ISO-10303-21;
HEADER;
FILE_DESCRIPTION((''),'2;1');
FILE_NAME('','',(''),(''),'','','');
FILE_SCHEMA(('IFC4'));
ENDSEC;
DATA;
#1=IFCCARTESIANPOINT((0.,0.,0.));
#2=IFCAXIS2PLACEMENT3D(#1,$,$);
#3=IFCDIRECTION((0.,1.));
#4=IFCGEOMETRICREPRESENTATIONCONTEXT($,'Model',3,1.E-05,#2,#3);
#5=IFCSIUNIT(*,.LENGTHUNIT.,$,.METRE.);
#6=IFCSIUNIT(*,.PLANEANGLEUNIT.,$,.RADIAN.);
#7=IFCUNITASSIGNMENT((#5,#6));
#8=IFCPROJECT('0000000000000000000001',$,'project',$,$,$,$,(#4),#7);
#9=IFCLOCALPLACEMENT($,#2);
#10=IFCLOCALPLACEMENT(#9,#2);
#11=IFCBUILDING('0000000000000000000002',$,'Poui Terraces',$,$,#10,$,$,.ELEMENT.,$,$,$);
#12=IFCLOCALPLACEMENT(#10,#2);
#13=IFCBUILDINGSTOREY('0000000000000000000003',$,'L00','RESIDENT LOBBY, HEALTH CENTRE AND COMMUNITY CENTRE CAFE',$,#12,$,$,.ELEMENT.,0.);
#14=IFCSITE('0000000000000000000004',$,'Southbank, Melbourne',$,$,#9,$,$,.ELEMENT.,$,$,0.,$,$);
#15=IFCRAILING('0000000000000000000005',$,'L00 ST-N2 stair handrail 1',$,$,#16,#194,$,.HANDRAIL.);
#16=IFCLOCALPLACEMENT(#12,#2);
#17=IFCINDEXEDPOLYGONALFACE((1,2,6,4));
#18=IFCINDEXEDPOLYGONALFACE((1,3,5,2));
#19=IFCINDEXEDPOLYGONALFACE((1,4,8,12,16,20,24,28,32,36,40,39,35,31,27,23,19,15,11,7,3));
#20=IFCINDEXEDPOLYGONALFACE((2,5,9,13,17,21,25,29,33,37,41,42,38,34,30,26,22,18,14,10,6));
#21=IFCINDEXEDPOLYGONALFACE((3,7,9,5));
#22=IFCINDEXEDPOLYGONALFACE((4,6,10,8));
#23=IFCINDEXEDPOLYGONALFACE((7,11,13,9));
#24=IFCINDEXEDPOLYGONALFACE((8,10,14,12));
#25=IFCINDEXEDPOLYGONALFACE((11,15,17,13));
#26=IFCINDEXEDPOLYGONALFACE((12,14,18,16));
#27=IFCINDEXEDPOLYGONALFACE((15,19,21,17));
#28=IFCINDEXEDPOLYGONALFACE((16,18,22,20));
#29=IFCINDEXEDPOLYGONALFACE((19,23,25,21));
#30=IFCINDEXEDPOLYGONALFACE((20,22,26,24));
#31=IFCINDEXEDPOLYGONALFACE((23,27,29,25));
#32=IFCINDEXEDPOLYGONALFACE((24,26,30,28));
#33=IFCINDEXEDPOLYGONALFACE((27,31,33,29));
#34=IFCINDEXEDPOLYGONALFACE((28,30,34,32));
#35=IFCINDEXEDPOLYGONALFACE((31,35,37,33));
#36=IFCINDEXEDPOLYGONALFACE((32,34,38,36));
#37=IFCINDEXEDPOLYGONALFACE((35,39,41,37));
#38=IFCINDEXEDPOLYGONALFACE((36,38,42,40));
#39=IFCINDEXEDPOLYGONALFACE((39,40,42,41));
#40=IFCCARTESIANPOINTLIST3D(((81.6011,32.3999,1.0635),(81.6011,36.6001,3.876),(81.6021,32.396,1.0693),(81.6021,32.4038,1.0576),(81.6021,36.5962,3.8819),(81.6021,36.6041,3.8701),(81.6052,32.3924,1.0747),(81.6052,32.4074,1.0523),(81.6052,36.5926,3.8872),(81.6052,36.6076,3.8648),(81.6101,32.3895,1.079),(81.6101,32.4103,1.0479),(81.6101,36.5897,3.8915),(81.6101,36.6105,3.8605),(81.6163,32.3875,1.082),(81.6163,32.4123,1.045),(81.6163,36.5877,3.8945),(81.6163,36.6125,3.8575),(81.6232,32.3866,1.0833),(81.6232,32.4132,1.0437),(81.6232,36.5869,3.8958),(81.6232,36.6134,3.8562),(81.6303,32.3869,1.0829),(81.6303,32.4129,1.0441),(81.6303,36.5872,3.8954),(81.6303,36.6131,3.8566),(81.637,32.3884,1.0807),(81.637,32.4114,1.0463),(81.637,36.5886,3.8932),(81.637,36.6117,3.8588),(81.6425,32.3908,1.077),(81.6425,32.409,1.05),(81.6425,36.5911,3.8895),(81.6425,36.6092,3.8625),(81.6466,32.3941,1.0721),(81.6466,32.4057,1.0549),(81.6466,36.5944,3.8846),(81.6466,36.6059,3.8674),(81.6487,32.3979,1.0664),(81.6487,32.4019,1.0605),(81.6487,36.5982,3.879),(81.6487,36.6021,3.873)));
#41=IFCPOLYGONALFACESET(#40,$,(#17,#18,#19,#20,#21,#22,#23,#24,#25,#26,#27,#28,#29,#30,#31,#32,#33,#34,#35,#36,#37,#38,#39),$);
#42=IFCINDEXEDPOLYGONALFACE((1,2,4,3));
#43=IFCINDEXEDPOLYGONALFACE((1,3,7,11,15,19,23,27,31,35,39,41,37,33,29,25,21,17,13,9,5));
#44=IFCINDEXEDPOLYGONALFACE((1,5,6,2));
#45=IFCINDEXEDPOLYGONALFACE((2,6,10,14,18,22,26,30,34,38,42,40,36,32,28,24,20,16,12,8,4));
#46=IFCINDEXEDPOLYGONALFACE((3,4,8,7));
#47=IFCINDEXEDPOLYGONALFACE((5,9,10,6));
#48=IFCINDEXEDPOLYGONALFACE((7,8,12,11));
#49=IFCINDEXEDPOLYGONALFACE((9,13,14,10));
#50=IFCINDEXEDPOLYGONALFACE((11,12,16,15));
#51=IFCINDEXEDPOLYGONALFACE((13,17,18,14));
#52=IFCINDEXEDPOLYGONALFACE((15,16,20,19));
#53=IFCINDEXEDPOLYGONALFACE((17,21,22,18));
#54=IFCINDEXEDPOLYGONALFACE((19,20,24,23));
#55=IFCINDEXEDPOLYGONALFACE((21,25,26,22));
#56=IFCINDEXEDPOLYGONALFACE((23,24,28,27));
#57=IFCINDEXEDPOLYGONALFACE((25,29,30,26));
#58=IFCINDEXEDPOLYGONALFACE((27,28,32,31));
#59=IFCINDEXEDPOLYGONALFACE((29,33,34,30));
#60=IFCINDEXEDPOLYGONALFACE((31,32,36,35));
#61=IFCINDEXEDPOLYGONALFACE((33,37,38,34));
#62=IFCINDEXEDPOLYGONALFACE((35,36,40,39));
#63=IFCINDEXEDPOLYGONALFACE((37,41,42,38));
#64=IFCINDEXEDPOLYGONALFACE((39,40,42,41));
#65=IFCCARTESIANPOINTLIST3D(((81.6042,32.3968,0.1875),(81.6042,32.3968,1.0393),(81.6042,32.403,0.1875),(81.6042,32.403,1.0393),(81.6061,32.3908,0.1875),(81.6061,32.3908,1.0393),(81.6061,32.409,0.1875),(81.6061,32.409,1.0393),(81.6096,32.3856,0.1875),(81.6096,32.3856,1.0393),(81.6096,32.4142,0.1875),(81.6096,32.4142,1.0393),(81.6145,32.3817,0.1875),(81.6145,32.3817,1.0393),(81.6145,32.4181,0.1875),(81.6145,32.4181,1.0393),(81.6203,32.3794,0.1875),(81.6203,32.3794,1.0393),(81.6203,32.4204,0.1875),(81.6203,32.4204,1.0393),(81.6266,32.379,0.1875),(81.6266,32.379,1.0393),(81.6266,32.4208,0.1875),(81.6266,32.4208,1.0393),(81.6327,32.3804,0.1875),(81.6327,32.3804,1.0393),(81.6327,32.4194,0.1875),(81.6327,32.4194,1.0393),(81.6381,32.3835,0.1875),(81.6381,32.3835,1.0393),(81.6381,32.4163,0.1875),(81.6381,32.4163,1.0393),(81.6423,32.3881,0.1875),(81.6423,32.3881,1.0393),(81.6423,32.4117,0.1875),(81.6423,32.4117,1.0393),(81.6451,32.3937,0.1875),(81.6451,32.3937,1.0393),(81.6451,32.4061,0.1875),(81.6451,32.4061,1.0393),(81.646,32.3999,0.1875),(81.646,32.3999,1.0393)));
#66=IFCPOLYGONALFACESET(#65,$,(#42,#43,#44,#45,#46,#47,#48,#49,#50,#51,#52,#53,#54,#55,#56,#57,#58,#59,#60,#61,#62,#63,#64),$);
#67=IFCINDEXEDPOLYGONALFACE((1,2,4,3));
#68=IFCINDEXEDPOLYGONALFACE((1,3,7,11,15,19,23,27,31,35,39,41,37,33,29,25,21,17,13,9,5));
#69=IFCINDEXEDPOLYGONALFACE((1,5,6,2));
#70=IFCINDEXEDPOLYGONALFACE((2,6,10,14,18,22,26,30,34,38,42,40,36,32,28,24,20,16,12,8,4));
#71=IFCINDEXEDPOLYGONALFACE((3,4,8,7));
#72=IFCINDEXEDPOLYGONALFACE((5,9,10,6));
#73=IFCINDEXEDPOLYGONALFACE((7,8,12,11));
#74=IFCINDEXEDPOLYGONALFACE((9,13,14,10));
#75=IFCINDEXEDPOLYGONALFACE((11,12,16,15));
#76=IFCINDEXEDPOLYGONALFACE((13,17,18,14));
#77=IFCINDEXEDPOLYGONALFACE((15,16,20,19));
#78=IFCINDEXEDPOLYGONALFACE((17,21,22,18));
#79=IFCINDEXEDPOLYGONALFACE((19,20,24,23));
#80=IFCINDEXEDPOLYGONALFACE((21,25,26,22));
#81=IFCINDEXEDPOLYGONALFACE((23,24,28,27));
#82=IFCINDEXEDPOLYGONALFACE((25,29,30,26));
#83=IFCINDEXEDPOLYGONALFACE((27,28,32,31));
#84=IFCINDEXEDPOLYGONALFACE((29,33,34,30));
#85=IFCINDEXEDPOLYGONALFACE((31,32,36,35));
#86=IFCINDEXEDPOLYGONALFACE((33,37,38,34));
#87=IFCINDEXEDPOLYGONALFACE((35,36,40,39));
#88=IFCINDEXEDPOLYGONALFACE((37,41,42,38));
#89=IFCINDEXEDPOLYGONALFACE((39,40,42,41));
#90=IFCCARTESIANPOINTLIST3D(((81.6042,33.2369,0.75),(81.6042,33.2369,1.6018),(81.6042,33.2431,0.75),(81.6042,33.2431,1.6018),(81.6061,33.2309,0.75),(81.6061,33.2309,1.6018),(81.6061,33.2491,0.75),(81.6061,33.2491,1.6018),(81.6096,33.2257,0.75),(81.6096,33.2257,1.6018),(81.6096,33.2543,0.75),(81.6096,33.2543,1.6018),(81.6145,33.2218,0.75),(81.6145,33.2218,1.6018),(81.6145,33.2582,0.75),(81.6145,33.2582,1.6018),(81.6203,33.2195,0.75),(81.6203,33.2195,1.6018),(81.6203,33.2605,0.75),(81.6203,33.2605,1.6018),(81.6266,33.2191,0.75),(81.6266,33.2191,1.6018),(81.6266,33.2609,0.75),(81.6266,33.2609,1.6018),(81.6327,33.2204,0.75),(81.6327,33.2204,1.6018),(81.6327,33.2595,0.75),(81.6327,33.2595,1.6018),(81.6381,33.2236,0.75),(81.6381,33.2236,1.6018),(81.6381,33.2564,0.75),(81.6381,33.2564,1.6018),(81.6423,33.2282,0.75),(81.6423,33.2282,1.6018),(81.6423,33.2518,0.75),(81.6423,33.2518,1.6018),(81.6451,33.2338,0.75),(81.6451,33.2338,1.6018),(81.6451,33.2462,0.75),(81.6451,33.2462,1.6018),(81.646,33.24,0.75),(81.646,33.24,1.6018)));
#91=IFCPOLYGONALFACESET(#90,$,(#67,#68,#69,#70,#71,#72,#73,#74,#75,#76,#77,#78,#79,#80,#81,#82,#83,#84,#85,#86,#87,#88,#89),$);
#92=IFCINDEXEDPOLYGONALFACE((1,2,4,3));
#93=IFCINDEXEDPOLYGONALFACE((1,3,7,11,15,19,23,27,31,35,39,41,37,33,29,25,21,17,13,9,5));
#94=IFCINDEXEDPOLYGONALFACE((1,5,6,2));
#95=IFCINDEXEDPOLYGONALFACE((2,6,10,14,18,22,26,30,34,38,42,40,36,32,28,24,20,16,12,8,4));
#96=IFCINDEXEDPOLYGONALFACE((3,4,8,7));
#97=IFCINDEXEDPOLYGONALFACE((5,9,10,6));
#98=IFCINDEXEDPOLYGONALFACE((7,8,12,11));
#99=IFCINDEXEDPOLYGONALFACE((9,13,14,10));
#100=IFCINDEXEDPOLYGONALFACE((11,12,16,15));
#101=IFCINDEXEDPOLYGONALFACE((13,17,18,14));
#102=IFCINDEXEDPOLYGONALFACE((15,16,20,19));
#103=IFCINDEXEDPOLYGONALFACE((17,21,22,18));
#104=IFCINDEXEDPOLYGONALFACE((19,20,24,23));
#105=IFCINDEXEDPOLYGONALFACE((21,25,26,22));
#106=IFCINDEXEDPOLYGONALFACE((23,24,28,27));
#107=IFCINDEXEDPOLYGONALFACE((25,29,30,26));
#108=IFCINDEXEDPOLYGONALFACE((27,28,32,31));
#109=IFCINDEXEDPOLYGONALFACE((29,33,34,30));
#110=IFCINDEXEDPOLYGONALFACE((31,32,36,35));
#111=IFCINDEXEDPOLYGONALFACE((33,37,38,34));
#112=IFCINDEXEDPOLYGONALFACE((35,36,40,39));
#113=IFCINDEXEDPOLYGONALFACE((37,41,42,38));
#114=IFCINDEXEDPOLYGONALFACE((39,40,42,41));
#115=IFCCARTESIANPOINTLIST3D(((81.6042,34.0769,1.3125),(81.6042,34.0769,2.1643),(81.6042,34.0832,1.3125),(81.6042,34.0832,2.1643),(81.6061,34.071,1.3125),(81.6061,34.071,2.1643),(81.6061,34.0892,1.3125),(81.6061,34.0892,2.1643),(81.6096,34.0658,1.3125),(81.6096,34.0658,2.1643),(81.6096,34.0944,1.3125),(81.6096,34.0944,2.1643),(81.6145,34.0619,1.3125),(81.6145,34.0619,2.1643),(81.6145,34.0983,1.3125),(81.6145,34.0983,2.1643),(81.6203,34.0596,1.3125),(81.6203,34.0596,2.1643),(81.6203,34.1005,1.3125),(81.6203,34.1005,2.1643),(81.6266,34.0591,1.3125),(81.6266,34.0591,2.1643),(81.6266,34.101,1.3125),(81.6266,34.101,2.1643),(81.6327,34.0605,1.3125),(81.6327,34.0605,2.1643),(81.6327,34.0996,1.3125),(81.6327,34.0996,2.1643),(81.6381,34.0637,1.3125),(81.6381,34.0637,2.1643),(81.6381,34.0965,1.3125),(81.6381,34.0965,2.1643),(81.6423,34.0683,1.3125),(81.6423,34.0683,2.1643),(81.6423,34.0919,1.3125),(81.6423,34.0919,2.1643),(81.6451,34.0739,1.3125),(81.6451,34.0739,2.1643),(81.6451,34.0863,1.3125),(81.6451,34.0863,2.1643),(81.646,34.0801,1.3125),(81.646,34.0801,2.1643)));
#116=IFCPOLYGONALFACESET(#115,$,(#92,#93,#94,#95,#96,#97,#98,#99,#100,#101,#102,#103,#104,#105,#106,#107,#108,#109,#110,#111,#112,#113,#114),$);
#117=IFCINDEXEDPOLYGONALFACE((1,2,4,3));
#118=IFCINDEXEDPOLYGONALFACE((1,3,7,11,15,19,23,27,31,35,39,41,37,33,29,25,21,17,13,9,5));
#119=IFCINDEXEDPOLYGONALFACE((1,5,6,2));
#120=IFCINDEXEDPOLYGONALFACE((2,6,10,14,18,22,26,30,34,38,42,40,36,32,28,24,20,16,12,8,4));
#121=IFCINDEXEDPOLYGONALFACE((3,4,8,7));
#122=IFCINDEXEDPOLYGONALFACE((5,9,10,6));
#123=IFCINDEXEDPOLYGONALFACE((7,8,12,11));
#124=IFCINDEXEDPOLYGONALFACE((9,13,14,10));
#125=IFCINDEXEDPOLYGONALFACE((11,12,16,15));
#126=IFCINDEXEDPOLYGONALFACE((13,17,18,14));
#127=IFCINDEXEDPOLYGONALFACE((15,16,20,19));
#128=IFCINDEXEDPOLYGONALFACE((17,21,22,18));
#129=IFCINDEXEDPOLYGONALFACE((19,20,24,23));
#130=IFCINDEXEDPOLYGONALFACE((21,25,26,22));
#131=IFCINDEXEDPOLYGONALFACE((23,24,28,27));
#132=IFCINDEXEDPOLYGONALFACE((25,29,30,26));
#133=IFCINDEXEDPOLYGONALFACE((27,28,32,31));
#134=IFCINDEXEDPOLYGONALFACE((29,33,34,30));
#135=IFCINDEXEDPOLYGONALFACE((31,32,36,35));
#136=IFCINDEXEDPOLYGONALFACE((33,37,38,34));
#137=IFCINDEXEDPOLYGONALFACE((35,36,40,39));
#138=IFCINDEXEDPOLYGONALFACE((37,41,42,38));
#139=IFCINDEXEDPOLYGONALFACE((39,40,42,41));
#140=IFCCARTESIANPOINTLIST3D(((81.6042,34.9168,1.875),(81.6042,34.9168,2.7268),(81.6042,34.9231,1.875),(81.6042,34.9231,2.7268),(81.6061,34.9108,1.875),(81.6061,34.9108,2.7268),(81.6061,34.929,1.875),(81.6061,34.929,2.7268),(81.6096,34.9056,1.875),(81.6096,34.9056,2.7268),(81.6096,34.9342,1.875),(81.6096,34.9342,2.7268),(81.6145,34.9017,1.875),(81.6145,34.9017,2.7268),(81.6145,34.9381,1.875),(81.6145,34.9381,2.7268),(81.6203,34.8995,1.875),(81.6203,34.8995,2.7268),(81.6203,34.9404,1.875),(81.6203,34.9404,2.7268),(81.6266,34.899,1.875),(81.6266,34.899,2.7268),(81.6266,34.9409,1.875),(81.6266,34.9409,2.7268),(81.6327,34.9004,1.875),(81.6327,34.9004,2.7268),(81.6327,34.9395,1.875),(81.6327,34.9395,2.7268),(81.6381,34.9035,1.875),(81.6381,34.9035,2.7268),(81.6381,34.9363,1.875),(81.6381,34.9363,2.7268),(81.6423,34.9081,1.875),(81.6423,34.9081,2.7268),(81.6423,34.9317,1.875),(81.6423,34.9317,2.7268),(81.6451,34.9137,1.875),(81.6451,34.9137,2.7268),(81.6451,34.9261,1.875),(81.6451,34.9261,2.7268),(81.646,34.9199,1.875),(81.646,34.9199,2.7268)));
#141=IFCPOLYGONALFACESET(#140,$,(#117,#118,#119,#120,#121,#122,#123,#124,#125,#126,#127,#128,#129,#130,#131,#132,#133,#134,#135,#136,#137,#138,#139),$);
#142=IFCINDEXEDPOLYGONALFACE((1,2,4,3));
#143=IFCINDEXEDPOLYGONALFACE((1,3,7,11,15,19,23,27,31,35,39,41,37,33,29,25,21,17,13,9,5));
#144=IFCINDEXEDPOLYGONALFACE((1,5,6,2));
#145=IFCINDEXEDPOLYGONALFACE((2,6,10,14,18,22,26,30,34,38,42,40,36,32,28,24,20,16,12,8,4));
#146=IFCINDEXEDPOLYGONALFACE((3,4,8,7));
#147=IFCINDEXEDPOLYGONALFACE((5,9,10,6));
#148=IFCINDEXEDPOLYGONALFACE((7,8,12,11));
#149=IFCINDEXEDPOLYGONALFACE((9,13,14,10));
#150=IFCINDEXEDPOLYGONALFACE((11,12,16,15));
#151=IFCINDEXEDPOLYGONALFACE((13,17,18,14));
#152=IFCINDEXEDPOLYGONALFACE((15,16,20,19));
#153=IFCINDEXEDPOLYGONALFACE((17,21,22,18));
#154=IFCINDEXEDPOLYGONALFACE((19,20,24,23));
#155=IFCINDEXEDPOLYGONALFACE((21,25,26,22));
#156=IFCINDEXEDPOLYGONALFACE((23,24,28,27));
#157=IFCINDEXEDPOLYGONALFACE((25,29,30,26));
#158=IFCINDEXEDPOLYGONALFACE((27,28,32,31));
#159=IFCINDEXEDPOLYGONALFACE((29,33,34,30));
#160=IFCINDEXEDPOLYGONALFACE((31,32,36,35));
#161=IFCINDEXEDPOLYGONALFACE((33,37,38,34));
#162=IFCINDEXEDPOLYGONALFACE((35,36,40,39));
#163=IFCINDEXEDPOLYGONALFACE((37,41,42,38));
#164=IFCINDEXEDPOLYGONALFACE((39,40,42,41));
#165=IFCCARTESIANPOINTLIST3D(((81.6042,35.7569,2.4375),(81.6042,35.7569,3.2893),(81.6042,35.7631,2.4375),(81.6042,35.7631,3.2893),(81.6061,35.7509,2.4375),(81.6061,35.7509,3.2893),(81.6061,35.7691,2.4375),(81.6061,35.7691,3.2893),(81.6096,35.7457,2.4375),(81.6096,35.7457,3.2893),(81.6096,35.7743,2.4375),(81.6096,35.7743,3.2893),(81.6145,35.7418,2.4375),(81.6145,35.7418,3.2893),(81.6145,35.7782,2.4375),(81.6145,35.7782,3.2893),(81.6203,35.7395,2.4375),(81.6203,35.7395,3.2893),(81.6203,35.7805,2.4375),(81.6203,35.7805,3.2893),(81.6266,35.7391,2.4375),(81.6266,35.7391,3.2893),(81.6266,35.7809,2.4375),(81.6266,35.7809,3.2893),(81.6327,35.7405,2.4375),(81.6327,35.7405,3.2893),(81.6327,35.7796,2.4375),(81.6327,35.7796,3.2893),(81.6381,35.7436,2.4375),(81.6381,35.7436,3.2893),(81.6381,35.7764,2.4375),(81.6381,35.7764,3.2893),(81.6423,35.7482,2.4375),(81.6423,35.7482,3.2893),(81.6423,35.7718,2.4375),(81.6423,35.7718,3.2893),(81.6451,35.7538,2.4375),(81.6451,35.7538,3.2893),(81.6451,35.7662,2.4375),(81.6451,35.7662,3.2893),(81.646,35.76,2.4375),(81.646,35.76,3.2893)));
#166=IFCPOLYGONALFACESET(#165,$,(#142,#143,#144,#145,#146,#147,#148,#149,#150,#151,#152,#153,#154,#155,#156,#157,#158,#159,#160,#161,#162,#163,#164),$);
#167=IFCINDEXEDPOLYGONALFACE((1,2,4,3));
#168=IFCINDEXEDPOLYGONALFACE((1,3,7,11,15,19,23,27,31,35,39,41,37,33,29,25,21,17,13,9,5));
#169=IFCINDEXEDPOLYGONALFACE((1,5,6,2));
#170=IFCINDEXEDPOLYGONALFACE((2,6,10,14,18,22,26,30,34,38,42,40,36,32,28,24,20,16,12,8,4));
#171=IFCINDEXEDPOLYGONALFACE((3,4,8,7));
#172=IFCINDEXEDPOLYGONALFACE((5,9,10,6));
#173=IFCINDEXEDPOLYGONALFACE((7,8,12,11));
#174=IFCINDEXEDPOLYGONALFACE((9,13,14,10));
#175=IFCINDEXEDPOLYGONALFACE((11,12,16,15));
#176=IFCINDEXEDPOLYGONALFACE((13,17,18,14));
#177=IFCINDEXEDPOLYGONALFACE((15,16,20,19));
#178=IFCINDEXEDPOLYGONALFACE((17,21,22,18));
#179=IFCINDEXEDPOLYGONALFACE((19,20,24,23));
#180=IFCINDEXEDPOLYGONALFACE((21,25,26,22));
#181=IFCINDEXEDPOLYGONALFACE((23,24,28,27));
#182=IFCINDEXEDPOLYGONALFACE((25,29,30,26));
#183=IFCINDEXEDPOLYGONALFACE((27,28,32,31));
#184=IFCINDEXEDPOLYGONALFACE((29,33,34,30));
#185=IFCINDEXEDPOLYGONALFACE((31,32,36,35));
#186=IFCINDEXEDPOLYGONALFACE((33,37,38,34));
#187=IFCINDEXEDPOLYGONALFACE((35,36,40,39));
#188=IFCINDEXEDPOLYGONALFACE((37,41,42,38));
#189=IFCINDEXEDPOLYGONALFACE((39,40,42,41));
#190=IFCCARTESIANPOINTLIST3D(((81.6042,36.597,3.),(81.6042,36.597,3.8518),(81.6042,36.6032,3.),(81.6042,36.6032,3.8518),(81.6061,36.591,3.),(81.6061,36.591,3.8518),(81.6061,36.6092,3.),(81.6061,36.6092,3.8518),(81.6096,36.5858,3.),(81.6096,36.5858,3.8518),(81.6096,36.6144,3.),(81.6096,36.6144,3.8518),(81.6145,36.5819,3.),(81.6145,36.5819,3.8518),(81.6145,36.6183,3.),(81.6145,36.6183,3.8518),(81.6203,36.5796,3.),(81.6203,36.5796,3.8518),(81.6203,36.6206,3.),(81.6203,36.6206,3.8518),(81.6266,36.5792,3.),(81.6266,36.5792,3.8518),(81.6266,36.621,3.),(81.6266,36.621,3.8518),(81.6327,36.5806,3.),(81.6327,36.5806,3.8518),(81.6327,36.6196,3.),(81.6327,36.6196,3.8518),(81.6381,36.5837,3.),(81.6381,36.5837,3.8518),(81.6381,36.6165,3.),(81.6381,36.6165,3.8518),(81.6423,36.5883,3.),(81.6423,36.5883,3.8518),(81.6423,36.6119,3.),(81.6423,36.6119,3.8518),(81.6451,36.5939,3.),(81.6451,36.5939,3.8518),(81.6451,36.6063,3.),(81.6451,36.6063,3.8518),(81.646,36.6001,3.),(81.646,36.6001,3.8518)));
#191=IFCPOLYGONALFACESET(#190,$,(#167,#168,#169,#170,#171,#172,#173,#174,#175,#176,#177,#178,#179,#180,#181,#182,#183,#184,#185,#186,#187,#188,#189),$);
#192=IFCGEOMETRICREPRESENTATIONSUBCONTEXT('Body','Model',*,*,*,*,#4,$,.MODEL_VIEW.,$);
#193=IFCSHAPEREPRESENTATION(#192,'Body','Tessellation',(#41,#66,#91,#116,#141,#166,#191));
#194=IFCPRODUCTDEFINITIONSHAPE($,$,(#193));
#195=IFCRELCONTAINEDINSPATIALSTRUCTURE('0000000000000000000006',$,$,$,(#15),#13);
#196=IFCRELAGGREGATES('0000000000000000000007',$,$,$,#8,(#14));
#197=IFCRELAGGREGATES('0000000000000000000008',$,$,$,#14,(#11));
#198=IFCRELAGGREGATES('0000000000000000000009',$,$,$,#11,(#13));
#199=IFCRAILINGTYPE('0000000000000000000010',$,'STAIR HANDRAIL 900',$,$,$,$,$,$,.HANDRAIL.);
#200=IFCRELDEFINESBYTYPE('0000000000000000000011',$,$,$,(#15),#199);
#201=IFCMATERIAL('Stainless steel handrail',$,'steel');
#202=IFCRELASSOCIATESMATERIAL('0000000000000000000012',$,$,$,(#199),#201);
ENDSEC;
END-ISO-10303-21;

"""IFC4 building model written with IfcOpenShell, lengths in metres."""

from ifc_helpers import new_model, si_unit, direction, frame, origin, origin_2d, place, context, subcontext, project, spatial, circle, extrude, material, type_object, element, save


model = new_model("IFC4")

# Units and contexts
model_context = context("Model", 3, precision=1e-05, world=origin(), true_north=direction((0.0, 1.0)))
body_context = subcontext(model_context, "Body", "Model", "MODEL_VIEW")
ifc_project = project(units=[si_unit("LENGTHUNIT", "METRE"), si_unit("PLANEANGLEUNIT", "RADIAN")], contexts=[model_context])

# Site, building, storey
site_placement = place(None, origin())
site = spatial("IfcSite", under=ifc_project, at=site_placement, Name="Southbank, Melbourne", CompositionType="ELEMENT", RefElevation=0.0)
building_placement = place(site_placement, origin())
building = spatial("IfcBuilding", under=site, at=building_placement, Name="Poui Terraces", CompositionType="ELEMENT")
storey_placement = place(building_placement, origin())
storey = spatial("IfcBuildingStorey", under=building, at=storey_placement, Name="L00", Description="RESIDENT LOBBY, HEALTH CENTRE AND COMMUNITY CENTRE CAFE", CompositionType="ELEMENT", Elevation=0.0)

# Railing
ifc_material_1 = material(Name="Stainless steel handrail", Category="steel")
railing_type_1 = type_object("IfcRailingType", Name="STAIR HANDRAIL 900", PredefinedType="HANDRAIL", material=ifc_material_1)
railing_1_placement = place(storey_placement, frame((81.625, 32.3999, 0.1875)))
element("IfcRailing", 1, at=railing_1_placement, inside=storey, type_object=railing_type_1, Name="L00 ST-N2 stair handrail 1", PredefinedType="HANDRAIL", context=body_context, shape_type="SweptSolid", body=[
    extrude(circle(Radius=0.0239, at=origin_2d()), frame((0.0, 0.0, 0.876), z_axis=(0.0, 0.830919, 0.556393), x_axis=(-1.0, 0.0, 0.0)), (0.0, 0.0, 1.0), 5.0549),
    extrude(circle(Radius=0.021, at=origin_2d()), origin(), (0.0, 0.0, 1.0), 0.8518),
    extrude(circle(Radius=0.021, at=origin_2d()), frame((0.0, 0.8401, 0.5625)), (0.0, 0.0, 1.0), 0.8518),
    extrude(circle(Radius=0.021, at=origin_2d()), frame((0.0, 1.6802, 1.125)), (0.0, 0.0, 1.0), 0.8518),
    extrude(circle(Radius=0.021, at=origin_2d()), frame((0.0, 2.52, 1.6875)), (0.0, 0.0, 1.0), 0.8518),
    extrude(circle(Radius=0.021, at=origin_2d()), frame((0.0, 3.3601, 2.25)), (0.0, 0.0, 1.0), 0.8518),
    extrude(circle(Radius=0.021, at=origin_2d()), frame((0.0, 4.2002, 2.8125)), (0.0, 0.0, 1.0), 0.8518),
])

save(model, "model.ifc")
